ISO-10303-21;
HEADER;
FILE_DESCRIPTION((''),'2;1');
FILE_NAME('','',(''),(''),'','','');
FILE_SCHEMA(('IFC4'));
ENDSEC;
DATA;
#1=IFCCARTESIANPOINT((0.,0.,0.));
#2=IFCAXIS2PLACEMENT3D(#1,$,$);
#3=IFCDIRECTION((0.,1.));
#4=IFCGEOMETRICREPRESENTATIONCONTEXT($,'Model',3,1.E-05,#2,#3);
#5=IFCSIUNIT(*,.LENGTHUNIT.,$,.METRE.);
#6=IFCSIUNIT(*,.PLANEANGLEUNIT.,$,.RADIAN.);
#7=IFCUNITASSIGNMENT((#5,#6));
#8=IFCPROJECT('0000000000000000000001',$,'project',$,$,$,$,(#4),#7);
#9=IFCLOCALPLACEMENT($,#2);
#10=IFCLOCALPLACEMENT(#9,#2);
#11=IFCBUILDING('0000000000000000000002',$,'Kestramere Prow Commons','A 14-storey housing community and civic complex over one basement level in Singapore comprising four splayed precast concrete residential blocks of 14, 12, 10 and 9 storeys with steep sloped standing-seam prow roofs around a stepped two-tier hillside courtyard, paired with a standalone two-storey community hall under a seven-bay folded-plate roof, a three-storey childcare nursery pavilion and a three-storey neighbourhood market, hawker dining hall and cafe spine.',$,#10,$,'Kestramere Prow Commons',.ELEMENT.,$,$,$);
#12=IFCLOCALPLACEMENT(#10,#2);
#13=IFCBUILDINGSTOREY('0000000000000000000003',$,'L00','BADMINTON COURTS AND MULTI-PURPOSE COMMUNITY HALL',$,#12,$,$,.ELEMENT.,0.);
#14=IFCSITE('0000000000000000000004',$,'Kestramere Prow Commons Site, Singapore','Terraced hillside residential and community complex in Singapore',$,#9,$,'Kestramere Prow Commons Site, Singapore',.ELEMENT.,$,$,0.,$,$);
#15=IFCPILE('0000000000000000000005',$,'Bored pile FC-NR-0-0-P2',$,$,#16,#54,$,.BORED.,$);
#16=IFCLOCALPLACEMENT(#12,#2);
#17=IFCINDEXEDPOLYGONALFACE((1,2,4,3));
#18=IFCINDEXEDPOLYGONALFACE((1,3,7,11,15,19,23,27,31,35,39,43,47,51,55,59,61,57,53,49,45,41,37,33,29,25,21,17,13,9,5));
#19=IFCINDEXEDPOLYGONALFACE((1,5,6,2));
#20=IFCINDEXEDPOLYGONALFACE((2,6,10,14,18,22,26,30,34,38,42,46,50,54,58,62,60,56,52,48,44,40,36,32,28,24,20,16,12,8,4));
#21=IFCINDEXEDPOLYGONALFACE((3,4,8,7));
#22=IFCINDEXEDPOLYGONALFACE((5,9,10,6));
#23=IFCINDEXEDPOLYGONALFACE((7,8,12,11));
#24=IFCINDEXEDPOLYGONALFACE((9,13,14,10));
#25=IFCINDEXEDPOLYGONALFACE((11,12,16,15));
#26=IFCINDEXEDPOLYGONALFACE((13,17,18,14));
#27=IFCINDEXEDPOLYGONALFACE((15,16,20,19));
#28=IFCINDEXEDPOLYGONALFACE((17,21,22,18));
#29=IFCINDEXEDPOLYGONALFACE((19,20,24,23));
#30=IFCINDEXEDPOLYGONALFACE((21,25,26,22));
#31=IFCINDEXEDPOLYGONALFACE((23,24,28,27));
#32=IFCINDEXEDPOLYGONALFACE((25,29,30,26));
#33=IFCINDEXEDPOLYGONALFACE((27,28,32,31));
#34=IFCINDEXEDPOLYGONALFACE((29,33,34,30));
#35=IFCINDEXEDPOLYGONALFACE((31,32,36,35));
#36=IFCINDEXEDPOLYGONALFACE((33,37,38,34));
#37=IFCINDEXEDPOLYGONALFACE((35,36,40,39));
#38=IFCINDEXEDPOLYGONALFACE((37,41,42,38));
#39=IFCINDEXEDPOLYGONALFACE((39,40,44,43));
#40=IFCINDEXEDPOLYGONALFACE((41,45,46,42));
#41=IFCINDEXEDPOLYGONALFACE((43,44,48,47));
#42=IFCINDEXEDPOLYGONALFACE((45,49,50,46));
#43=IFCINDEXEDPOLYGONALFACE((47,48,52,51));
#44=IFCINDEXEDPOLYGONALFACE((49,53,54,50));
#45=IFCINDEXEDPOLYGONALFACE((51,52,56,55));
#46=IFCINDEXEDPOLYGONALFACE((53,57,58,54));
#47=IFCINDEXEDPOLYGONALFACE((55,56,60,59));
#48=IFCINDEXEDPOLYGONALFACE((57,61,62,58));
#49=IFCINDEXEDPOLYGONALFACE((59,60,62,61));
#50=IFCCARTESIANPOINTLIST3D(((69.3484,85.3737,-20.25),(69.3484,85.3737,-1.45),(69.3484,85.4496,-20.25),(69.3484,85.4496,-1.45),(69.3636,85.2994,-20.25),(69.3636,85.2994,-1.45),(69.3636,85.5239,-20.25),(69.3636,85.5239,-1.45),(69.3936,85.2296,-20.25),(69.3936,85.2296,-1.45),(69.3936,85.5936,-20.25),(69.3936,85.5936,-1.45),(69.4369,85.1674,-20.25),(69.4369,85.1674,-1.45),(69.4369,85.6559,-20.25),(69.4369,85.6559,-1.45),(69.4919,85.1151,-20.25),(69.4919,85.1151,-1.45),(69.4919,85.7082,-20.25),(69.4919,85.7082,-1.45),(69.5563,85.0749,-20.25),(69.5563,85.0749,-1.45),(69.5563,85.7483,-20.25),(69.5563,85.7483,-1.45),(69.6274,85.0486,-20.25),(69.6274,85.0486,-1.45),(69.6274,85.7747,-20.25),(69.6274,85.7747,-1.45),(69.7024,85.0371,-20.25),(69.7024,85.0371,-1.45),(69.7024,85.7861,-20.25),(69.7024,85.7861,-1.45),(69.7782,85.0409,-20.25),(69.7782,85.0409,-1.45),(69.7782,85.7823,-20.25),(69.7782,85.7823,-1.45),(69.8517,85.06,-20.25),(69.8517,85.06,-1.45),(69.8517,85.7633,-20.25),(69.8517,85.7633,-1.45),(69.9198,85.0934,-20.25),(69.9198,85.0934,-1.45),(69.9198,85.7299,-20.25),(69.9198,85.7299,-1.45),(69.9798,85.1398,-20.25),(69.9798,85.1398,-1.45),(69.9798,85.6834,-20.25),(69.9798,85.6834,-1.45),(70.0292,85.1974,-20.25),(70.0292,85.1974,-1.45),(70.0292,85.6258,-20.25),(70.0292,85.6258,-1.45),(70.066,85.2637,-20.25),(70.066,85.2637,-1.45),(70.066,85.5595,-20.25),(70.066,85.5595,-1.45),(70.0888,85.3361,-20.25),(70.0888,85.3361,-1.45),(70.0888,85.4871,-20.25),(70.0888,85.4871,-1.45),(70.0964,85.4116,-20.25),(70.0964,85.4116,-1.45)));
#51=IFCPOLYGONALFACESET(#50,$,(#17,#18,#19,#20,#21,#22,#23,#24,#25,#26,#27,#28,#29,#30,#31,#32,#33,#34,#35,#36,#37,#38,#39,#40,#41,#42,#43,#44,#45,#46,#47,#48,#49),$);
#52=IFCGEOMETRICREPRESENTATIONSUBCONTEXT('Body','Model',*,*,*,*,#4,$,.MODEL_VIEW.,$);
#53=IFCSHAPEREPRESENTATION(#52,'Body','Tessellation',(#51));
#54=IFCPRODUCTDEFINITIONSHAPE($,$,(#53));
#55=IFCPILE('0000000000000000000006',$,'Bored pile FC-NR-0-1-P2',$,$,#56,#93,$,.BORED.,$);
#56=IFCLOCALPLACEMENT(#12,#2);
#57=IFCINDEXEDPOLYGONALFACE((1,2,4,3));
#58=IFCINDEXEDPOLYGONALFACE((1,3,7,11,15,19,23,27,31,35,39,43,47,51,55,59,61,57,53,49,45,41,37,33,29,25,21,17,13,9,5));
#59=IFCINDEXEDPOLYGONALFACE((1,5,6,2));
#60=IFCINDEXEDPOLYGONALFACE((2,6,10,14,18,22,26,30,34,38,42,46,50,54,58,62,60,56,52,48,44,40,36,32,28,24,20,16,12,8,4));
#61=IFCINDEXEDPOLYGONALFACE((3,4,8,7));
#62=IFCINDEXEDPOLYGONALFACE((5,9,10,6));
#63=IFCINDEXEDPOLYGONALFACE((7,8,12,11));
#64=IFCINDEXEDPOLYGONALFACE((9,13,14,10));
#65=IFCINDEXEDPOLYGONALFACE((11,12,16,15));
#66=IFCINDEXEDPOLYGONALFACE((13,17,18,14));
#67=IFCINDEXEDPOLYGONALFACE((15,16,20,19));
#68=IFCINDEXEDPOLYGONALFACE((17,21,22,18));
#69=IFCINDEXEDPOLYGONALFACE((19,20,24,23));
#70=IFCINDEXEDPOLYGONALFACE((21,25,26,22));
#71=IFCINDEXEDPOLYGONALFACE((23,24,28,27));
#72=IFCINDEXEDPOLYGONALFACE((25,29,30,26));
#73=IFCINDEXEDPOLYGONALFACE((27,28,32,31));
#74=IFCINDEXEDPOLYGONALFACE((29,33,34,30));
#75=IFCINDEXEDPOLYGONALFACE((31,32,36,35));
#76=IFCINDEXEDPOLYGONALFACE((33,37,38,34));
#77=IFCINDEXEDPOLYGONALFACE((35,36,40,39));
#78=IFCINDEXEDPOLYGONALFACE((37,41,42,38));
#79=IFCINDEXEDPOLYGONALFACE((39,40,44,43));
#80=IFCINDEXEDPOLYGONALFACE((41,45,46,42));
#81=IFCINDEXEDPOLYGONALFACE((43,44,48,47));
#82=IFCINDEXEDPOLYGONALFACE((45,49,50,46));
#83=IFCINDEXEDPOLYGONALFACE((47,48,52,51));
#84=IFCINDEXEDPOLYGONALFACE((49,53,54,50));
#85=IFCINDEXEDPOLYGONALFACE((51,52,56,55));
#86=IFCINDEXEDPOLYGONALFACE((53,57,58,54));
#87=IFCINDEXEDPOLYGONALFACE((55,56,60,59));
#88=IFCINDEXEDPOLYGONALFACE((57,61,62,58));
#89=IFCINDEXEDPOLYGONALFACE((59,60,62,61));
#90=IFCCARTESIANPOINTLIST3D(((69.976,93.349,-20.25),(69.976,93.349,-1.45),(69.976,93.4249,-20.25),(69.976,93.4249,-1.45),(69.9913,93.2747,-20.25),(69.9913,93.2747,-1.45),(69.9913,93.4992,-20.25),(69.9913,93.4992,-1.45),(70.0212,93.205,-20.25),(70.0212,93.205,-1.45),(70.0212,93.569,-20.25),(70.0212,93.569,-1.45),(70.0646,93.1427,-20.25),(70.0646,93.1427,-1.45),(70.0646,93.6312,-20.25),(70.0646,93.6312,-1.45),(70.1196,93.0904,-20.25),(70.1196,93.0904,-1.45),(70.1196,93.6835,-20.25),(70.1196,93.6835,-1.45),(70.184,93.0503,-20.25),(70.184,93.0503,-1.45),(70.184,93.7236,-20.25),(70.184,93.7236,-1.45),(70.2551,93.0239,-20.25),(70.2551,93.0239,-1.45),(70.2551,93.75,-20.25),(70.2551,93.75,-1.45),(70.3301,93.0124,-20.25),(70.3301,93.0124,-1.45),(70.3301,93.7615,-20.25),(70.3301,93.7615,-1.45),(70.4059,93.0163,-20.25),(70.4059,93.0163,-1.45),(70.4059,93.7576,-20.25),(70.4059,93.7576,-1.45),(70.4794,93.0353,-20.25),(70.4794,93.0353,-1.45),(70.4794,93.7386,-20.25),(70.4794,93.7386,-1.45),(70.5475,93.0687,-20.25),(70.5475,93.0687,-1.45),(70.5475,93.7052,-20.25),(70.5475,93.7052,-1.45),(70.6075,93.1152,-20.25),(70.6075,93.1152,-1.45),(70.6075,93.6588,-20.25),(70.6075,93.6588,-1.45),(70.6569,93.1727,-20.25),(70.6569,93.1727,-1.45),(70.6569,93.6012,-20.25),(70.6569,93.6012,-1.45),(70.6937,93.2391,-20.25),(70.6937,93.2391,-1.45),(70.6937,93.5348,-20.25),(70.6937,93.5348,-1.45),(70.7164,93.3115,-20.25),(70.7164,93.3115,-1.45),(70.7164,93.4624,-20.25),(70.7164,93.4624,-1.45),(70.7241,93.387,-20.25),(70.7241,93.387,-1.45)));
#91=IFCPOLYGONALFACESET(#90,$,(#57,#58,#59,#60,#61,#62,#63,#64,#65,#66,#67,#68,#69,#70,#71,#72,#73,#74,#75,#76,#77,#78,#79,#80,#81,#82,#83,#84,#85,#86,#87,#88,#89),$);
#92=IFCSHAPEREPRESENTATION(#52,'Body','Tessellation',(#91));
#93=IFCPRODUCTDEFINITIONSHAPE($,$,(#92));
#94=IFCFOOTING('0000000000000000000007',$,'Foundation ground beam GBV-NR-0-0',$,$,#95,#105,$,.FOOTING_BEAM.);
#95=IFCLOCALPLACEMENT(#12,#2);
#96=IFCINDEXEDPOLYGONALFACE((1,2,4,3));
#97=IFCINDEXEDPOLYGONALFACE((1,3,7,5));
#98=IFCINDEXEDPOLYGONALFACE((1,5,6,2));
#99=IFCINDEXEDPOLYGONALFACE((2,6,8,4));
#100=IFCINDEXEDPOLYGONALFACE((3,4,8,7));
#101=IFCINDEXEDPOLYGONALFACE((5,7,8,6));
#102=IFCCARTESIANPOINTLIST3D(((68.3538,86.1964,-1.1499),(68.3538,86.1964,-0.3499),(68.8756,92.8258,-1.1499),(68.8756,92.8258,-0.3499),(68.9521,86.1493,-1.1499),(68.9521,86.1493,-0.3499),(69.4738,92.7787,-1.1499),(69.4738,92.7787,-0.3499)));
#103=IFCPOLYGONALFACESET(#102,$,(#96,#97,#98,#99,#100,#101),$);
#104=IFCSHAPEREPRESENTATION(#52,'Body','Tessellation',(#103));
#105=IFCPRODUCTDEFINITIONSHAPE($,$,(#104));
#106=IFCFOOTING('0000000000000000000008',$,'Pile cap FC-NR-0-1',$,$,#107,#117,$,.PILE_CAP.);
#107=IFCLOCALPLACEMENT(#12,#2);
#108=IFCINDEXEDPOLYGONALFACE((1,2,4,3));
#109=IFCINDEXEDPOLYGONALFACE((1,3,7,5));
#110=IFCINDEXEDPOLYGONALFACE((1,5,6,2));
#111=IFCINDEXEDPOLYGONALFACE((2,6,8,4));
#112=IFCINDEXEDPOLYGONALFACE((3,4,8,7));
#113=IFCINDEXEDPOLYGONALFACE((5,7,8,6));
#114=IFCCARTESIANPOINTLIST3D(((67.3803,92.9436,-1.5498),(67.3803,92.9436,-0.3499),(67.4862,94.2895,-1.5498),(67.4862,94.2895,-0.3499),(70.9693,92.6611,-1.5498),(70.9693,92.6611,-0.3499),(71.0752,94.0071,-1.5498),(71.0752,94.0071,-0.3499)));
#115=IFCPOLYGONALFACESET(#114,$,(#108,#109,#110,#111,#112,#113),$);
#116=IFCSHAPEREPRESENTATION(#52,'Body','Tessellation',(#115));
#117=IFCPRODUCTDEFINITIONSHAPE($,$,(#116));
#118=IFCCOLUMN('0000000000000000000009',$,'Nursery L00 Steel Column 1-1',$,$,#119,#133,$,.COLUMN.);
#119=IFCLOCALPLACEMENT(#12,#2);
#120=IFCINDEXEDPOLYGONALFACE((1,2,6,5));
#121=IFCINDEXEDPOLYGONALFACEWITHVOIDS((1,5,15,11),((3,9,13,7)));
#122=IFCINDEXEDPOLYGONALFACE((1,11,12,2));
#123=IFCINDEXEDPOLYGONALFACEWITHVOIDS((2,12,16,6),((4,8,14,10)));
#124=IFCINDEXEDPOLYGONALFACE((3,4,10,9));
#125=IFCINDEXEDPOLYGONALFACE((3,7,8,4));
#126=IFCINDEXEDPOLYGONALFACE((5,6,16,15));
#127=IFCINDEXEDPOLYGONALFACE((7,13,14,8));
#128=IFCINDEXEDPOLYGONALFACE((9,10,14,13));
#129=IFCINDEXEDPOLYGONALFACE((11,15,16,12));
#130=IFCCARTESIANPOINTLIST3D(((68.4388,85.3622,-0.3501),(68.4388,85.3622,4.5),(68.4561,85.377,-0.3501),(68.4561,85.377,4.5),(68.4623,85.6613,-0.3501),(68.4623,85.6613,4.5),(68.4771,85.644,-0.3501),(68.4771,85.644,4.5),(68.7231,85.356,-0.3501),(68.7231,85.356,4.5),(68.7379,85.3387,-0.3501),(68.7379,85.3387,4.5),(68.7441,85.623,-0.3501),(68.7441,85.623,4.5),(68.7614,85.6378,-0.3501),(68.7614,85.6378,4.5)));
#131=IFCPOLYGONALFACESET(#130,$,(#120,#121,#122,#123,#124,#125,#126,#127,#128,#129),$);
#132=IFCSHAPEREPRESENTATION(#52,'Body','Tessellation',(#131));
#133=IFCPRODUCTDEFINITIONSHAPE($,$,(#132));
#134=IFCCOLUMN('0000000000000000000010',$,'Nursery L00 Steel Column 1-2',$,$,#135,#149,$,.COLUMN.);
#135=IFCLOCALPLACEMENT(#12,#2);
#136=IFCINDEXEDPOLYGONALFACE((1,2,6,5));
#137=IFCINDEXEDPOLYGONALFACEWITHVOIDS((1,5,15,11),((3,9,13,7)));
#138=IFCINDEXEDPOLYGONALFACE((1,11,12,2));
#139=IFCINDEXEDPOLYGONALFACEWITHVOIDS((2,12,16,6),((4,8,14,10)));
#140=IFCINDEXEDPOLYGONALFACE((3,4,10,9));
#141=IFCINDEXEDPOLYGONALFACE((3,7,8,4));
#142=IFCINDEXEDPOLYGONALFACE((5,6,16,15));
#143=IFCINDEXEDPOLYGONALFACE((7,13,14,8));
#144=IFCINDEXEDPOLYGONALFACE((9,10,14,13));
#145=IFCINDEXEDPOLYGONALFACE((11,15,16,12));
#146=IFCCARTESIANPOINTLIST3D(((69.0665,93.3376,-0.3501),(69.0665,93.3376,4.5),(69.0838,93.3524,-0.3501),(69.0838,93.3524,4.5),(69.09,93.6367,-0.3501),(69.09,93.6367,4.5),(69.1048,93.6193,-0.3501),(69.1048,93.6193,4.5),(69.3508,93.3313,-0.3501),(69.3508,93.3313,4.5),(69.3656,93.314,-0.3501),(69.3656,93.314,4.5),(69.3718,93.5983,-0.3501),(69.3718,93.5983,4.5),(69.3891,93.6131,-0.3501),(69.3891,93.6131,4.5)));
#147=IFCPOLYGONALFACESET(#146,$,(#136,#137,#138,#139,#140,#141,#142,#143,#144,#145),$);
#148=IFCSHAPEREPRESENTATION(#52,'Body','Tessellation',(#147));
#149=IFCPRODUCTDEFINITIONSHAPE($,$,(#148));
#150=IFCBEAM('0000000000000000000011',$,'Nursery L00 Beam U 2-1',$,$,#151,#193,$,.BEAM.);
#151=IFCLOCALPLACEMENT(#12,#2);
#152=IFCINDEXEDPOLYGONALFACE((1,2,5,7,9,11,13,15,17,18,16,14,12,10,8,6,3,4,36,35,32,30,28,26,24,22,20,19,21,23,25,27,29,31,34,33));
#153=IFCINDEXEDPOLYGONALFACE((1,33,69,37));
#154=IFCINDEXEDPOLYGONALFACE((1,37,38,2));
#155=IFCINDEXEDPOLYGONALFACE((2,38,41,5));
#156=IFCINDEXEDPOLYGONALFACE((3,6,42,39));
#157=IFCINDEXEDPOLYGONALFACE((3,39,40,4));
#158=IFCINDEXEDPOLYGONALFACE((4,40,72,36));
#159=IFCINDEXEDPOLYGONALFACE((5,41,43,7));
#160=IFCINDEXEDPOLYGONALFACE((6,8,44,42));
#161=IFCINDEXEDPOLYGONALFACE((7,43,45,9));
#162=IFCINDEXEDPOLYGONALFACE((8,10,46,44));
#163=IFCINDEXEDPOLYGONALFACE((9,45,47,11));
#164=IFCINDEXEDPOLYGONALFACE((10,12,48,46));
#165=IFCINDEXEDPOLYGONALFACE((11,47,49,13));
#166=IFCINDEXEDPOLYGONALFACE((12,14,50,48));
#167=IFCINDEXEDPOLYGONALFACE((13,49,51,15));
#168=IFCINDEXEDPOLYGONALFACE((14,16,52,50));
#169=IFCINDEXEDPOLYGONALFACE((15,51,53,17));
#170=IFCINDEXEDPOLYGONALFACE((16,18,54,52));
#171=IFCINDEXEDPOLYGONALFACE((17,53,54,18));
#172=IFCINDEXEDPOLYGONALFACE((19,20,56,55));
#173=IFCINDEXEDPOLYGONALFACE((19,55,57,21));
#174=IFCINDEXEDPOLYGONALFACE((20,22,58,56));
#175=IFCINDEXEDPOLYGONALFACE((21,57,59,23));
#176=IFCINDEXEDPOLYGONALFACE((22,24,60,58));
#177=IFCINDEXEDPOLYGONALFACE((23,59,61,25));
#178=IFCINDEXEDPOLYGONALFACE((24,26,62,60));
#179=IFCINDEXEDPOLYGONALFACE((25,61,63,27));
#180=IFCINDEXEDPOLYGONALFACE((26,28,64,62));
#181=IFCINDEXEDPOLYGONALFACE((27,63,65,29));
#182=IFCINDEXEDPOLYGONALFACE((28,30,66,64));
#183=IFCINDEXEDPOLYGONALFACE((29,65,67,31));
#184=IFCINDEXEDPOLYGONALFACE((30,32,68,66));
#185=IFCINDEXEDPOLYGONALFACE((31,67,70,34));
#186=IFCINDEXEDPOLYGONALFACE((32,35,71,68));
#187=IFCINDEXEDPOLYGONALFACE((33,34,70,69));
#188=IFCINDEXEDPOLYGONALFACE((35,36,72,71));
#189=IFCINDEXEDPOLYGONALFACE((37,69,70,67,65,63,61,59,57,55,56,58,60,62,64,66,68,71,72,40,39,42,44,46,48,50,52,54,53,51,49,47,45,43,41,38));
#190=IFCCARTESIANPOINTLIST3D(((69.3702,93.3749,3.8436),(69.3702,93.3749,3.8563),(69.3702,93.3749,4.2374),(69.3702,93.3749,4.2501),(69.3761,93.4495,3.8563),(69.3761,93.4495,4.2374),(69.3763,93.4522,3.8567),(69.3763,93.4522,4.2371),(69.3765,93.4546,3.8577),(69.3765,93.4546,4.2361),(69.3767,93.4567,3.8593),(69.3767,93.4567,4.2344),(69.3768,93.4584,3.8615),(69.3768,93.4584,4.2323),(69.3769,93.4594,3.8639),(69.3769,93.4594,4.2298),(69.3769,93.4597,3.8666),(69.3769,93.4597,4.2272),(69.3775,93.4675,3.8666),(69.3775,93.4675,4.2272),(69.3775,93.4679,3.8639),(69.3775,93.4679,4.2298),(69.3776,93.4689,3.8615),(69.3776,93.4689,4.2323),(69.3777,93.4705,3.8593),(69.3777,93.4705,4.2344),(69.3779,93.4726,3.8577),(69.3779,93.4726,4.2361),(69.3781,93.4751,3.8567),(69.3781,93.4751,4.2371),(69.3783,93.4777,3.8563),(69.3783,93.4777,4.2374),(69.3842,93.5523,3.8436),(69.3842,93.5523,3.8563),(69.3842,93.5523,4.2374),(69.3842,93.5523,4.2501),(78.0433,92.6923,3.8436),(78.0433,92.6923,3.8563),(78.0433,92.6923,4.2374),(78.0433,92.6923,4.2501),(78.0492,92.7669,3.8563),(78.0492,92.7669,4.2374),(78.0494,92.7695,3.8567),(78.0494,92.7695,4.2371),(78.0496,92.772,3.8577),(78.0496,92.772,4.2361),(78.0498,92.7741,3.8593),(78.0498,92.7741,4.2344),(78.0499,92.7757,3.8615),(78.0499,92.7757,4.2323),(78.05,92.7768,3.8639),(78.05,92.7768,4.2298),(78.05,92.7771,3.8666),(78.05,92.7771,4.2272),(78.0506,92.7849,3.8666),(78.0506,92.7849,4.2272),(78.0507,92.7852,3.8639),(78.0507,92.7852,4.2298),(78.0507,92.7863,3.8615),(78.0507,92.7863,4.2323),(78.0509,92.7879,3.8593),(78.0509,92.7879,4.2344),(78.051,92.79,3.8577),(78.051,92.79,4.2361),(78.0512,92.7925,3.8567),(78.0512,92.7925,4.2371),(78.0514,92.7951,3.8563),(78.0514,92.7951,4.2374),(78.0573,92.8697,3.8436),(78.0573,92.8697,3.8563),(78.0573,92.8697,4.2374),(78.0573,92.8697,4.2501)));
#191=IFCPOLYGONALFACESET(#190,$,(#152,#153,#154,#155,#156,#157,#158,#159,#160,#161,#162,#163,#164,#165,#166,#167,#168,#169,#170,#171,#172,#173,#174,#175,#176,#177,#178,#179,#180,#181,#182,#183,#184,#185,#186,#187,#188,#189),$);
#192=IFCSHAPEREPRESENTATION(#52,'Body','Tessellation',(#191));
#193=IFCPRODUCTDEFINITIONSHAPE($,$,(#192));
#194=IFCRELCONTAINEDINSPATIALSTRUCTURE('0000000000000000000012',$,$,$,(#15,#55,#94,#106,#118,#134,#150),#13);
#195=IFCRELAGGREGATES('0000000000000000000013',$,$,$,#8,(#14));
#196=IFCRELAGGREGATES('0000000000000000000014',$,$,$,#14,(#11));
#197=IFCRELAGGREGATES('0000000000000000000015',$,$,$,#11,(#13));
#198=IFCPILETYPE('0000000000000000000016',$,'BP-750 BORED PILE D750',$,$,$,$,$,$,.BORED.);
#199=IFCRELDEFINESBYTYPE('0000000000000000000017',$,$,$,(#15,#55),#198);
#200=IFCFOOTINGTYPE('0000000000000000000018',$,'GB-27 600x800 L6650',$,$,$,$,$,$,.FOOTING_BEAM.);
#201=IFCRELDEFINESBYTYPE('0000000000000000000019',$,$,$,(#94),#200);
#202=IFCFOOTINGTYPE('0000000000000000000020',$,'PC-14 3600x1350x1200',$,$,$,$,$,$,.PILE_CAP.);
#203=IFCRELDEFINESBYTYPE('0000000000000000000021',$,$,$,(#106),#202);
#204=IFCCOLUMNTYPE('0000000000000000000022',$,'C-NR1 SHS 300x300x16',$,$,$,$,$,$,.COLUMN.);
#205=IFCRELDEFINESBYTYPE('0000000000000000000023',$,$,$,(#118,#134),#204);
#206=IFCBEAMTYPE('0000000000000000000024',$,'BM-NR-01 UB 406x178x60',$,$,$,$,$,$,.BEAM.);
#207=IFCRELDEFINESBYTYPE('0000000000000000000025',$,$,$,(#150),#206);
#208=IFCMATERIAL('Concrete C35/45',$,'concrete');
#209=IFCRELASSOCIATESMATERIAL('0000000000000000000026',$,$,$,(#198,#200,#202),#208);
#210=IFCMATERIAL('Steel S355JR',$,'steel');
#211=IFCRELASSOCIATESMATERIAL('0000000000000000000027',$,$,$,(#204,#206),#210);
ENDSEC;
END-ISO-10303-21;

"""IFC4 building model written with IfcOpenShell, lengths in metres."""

from ifc_helpers import new_model, si_unit, direction, frame, origin, origin_2d, place, context, subcontext, project, spatial, rectangle, hollow_rectangle, circle, i_section, extrude, material, material_profile, profile_set, type_object, element, save


model = new_model("IFC4")

# Units and contexts
model_context = context("Model", 3, precision=1e-05, world=origin(), true_north=direction((0.0, 1.0)))
body_context = subcontext(model_context, "Body", "Model", "MODEL_VIEW")
ifc_project = project(units=[si_unit("LENGTHUNIT", "METRE"), si_unit("PLANEANGLEUNIT", "RADIAN")], contexts=[model_context])

# Site, building, storey
site_placement = place(None, origin())
site = spatial("IfcSite", under=ifc_project, at=site_placement, Name="Kestramere Prow Commons Site, Singapore", Description="Terraced hillside residential and community complex in Singapore", LongName="Kestramere Prow Commons Site, Singapore", CompositionType="ELEMENT", RefElevation=0.0)
building_placement = place(site_placement, origin())
building = spatial("IfcBuilding", under=site, at=building_placement, Name="Kestramere Prow Commons", Description="A 14-storey housing community and civic complex over one basement level in Singapore comprising four splayed precast concrete residential blocks of 14, 12, 10 and 9 storeys with steep sloped standing-seam prow roofs around a stepped two-tier hillside courtyard, paired with a standalone two-storey community hall under a seven-bay folded-plate roof, a three-storey childcare nursery pavilion and a three-storey neighbourhood market, hawker dining hall and cafe spine.", LongName="Kestramere Prow Commons", CompositionType="ELEMENT")
storey_placement = place(building_placement, origin())
storey = spatial("IfcBuildingStorey", under=building, at=storey_placement, Name="L00", Description="BADMINTON COURTS AND MULTI-PURPOSE COMMUNITY HALL", CompositionType="ELEMENT", Elevation=0.0)

# Piles
ifc_material_1 = material(Name="Concrete C35/45", Category="concrete")
ifc_material_profile_1 = material_profile(ifc_material_1, circle(Radius=0.375, at=origin_2d()), Name="BORED PILE D750")
ifc_profile_set_1 = profile_set([ifc_material_profile_1], Name="Concrete C35/45")
pile_type = type_object("IfcPileType", Name="BP-750 BORED PILE D750", PredefinedType="BORED", material=ifc_profile_set_1)
for number, where, z_axis, x_axis, name in (
    (1, (69.7214, 85.4116, -1.45), (0.0, 0.0, -1.0), (1.0, 0.0, 0.0), "Bored pile FC-NR-0-0-P2"),
    (2, (70.3491, 93.387, -1.45), (0.0, 0.0, -1.0), (1.0, 0.0, 0.0), "Bored pile FC-NR-0-1-P2"),
):
    element("IfcPile", number, at=place(storey_placement, frame(where, z_axis=z_axis, x_axis=x_axis)), inside=storey, type_object=pile_type, Name=name, PredefinedType="BORED", context=body_context, shape_type="SweptSolid", body=[
        extrude(circle(Radius=0.375, at=origin_2d()), origin(), (0.0, 0.0, 1.0), 18.8),
    ])

# Footings
footing_type_1 = type_object("IfcFootingType", Name="GB-27 600x800 L6650", PredefinedType="FOOTING_BEAM", material=ifc_material_1)
footing_1_placement = place(storey_placement, frame((68.9138, 89.4875, -1.1499), z_axis=(0.0, 0.0, 1.0), x_axis=(0.078459, 0.996917, 0.0)))
element("IfcFooting", 3, at=footing_1_placement, inside=storey, type_object=footing_type_1, Name="Foundation ground beam GBV-NR-0-0", PredefinedType="FOOTING_BEAM", context=body_context, shape_type="SweptSolid", body=[
    extrude(rectangle(XDim=6.6499, YDim=0.6001, at=origin_2d()), origin(), (0.0, 0.0, 1.0), 0.8),
])
footing_type_2 = type_object("IfcFootingType", Name="PC-14 3600x1350x1200", PredefinedType="PILE_CAP", material=ifc_material_1)
footing_2_placement = place(storey_placement, frame((69.2278, 93.4753, -1.5498), z_axis=(0.0, 0.0, 1.0), x_axis=(0.996917, -0.078459, 0.0)))
element("IfcFooting", 4, at=footing_2_placement, inside=storey, type_object=footing_type_2, Name="Pile cap FC-NR-0-1", PredefinedType="PILE_CAP", context=body_context, shape_type="SweptSolid", body=[
    extrude(rectangle(XDim=3.6001, YDim=1.3501, at=origin_2d()), origin(), (0.0, 0.0, 1.0), 1.2),
])

# Columns
ifc_material_2 = material(Name="Steel S355JR", Category="steel")
ifc_material_profile_2 = material_profile(ifc_material_2, hollow_rectangle(XDim=0.3, YDim=0.3, WallThickness=0.0161, at=origin_2d()), Name="SHS 300x300x16")
ifc_profile_set_2 = profile_set([ifc_material_profile_2], Name="Steel S355JR")
column_type = type_object("IfcColumnType", Name="C-NR1 SHS 300x300x16", PredefinedType="COLUMN", material=ifc_profile_set_2)
for number, where, z_axis, x_axis, name in (
    (5, (68.6001, 85.5, -0.3501), (0.0, 0.0, 1.0), (0.996917, -0.078459, 0.0), "Nursery L00 Steel Column 1-1"),
    (6, (69.2278, 93.4753, -0.3501), (0.0, 0.0, 1.0), (0.996917, -0.078459, 0.0), "Nursery L00 Steel Column 1-2"),
):
    element("IfcColumn", number, at=place(storey_placement, frame(where, z_axis=z_axis, x_axis=x_axis)), inside=storey, type_object=column_type, Name=name, PredefinedType="COLUMN", context=body_context, shape_type="SweptSolid", body=[
        extrude(hollow_rectangle(XDim=0.3, YDim=0.3, WallThickness=0.0161, at=origin_2d()), origin(), (0.0, 0.0, 1.0), 4.8501),
    ])

# Beam
ifc_material_profile_3 = material_profile(ifc_material_2, i_section(OverallWidth=0.178, OverallDepth=0.4065, WebThickness=0.0078, FlangeThickness=0.0127, FilletRadius=0.0103, at=origin_2d()), Name="UB 406x178x60")
ifc_profile_set_3 = profile_set([ifc_material_profile_3], Name="Steel S355JR")
beam_type_1 = type_object("IfcBeamType", Name="BM-NR-01 UB 406x178x60", PredefinedType="BEAM", material=ifc_profile_set_3)
beam_1_placement = place(storey_placement, frame((69.3772, 93.4636, 4.0469), z_axis=(0.996917, -0.078462, 0.0), x_axis=(0.078462, 0.996917, 0.0)))
element("IfcBeam", 7, at=beam_1_placement, inside=storey, type_object=beam_type_1, Name="Nursery L00 Beam U 2-1", PredefinedType="BEAM", context=body_context, shape_type="SweptSolid", body=[
    extrude(i_section(OverallWidth=0.178, OverallDepth=0.4065, WebThickness=0.0078, FlangeThickness=0.0127, FilletRadius=0.0103, at=origin_2d()), origin(), (0.0, 0.0, 1.0), 8.7),
])

save(model, "model.ifc")
